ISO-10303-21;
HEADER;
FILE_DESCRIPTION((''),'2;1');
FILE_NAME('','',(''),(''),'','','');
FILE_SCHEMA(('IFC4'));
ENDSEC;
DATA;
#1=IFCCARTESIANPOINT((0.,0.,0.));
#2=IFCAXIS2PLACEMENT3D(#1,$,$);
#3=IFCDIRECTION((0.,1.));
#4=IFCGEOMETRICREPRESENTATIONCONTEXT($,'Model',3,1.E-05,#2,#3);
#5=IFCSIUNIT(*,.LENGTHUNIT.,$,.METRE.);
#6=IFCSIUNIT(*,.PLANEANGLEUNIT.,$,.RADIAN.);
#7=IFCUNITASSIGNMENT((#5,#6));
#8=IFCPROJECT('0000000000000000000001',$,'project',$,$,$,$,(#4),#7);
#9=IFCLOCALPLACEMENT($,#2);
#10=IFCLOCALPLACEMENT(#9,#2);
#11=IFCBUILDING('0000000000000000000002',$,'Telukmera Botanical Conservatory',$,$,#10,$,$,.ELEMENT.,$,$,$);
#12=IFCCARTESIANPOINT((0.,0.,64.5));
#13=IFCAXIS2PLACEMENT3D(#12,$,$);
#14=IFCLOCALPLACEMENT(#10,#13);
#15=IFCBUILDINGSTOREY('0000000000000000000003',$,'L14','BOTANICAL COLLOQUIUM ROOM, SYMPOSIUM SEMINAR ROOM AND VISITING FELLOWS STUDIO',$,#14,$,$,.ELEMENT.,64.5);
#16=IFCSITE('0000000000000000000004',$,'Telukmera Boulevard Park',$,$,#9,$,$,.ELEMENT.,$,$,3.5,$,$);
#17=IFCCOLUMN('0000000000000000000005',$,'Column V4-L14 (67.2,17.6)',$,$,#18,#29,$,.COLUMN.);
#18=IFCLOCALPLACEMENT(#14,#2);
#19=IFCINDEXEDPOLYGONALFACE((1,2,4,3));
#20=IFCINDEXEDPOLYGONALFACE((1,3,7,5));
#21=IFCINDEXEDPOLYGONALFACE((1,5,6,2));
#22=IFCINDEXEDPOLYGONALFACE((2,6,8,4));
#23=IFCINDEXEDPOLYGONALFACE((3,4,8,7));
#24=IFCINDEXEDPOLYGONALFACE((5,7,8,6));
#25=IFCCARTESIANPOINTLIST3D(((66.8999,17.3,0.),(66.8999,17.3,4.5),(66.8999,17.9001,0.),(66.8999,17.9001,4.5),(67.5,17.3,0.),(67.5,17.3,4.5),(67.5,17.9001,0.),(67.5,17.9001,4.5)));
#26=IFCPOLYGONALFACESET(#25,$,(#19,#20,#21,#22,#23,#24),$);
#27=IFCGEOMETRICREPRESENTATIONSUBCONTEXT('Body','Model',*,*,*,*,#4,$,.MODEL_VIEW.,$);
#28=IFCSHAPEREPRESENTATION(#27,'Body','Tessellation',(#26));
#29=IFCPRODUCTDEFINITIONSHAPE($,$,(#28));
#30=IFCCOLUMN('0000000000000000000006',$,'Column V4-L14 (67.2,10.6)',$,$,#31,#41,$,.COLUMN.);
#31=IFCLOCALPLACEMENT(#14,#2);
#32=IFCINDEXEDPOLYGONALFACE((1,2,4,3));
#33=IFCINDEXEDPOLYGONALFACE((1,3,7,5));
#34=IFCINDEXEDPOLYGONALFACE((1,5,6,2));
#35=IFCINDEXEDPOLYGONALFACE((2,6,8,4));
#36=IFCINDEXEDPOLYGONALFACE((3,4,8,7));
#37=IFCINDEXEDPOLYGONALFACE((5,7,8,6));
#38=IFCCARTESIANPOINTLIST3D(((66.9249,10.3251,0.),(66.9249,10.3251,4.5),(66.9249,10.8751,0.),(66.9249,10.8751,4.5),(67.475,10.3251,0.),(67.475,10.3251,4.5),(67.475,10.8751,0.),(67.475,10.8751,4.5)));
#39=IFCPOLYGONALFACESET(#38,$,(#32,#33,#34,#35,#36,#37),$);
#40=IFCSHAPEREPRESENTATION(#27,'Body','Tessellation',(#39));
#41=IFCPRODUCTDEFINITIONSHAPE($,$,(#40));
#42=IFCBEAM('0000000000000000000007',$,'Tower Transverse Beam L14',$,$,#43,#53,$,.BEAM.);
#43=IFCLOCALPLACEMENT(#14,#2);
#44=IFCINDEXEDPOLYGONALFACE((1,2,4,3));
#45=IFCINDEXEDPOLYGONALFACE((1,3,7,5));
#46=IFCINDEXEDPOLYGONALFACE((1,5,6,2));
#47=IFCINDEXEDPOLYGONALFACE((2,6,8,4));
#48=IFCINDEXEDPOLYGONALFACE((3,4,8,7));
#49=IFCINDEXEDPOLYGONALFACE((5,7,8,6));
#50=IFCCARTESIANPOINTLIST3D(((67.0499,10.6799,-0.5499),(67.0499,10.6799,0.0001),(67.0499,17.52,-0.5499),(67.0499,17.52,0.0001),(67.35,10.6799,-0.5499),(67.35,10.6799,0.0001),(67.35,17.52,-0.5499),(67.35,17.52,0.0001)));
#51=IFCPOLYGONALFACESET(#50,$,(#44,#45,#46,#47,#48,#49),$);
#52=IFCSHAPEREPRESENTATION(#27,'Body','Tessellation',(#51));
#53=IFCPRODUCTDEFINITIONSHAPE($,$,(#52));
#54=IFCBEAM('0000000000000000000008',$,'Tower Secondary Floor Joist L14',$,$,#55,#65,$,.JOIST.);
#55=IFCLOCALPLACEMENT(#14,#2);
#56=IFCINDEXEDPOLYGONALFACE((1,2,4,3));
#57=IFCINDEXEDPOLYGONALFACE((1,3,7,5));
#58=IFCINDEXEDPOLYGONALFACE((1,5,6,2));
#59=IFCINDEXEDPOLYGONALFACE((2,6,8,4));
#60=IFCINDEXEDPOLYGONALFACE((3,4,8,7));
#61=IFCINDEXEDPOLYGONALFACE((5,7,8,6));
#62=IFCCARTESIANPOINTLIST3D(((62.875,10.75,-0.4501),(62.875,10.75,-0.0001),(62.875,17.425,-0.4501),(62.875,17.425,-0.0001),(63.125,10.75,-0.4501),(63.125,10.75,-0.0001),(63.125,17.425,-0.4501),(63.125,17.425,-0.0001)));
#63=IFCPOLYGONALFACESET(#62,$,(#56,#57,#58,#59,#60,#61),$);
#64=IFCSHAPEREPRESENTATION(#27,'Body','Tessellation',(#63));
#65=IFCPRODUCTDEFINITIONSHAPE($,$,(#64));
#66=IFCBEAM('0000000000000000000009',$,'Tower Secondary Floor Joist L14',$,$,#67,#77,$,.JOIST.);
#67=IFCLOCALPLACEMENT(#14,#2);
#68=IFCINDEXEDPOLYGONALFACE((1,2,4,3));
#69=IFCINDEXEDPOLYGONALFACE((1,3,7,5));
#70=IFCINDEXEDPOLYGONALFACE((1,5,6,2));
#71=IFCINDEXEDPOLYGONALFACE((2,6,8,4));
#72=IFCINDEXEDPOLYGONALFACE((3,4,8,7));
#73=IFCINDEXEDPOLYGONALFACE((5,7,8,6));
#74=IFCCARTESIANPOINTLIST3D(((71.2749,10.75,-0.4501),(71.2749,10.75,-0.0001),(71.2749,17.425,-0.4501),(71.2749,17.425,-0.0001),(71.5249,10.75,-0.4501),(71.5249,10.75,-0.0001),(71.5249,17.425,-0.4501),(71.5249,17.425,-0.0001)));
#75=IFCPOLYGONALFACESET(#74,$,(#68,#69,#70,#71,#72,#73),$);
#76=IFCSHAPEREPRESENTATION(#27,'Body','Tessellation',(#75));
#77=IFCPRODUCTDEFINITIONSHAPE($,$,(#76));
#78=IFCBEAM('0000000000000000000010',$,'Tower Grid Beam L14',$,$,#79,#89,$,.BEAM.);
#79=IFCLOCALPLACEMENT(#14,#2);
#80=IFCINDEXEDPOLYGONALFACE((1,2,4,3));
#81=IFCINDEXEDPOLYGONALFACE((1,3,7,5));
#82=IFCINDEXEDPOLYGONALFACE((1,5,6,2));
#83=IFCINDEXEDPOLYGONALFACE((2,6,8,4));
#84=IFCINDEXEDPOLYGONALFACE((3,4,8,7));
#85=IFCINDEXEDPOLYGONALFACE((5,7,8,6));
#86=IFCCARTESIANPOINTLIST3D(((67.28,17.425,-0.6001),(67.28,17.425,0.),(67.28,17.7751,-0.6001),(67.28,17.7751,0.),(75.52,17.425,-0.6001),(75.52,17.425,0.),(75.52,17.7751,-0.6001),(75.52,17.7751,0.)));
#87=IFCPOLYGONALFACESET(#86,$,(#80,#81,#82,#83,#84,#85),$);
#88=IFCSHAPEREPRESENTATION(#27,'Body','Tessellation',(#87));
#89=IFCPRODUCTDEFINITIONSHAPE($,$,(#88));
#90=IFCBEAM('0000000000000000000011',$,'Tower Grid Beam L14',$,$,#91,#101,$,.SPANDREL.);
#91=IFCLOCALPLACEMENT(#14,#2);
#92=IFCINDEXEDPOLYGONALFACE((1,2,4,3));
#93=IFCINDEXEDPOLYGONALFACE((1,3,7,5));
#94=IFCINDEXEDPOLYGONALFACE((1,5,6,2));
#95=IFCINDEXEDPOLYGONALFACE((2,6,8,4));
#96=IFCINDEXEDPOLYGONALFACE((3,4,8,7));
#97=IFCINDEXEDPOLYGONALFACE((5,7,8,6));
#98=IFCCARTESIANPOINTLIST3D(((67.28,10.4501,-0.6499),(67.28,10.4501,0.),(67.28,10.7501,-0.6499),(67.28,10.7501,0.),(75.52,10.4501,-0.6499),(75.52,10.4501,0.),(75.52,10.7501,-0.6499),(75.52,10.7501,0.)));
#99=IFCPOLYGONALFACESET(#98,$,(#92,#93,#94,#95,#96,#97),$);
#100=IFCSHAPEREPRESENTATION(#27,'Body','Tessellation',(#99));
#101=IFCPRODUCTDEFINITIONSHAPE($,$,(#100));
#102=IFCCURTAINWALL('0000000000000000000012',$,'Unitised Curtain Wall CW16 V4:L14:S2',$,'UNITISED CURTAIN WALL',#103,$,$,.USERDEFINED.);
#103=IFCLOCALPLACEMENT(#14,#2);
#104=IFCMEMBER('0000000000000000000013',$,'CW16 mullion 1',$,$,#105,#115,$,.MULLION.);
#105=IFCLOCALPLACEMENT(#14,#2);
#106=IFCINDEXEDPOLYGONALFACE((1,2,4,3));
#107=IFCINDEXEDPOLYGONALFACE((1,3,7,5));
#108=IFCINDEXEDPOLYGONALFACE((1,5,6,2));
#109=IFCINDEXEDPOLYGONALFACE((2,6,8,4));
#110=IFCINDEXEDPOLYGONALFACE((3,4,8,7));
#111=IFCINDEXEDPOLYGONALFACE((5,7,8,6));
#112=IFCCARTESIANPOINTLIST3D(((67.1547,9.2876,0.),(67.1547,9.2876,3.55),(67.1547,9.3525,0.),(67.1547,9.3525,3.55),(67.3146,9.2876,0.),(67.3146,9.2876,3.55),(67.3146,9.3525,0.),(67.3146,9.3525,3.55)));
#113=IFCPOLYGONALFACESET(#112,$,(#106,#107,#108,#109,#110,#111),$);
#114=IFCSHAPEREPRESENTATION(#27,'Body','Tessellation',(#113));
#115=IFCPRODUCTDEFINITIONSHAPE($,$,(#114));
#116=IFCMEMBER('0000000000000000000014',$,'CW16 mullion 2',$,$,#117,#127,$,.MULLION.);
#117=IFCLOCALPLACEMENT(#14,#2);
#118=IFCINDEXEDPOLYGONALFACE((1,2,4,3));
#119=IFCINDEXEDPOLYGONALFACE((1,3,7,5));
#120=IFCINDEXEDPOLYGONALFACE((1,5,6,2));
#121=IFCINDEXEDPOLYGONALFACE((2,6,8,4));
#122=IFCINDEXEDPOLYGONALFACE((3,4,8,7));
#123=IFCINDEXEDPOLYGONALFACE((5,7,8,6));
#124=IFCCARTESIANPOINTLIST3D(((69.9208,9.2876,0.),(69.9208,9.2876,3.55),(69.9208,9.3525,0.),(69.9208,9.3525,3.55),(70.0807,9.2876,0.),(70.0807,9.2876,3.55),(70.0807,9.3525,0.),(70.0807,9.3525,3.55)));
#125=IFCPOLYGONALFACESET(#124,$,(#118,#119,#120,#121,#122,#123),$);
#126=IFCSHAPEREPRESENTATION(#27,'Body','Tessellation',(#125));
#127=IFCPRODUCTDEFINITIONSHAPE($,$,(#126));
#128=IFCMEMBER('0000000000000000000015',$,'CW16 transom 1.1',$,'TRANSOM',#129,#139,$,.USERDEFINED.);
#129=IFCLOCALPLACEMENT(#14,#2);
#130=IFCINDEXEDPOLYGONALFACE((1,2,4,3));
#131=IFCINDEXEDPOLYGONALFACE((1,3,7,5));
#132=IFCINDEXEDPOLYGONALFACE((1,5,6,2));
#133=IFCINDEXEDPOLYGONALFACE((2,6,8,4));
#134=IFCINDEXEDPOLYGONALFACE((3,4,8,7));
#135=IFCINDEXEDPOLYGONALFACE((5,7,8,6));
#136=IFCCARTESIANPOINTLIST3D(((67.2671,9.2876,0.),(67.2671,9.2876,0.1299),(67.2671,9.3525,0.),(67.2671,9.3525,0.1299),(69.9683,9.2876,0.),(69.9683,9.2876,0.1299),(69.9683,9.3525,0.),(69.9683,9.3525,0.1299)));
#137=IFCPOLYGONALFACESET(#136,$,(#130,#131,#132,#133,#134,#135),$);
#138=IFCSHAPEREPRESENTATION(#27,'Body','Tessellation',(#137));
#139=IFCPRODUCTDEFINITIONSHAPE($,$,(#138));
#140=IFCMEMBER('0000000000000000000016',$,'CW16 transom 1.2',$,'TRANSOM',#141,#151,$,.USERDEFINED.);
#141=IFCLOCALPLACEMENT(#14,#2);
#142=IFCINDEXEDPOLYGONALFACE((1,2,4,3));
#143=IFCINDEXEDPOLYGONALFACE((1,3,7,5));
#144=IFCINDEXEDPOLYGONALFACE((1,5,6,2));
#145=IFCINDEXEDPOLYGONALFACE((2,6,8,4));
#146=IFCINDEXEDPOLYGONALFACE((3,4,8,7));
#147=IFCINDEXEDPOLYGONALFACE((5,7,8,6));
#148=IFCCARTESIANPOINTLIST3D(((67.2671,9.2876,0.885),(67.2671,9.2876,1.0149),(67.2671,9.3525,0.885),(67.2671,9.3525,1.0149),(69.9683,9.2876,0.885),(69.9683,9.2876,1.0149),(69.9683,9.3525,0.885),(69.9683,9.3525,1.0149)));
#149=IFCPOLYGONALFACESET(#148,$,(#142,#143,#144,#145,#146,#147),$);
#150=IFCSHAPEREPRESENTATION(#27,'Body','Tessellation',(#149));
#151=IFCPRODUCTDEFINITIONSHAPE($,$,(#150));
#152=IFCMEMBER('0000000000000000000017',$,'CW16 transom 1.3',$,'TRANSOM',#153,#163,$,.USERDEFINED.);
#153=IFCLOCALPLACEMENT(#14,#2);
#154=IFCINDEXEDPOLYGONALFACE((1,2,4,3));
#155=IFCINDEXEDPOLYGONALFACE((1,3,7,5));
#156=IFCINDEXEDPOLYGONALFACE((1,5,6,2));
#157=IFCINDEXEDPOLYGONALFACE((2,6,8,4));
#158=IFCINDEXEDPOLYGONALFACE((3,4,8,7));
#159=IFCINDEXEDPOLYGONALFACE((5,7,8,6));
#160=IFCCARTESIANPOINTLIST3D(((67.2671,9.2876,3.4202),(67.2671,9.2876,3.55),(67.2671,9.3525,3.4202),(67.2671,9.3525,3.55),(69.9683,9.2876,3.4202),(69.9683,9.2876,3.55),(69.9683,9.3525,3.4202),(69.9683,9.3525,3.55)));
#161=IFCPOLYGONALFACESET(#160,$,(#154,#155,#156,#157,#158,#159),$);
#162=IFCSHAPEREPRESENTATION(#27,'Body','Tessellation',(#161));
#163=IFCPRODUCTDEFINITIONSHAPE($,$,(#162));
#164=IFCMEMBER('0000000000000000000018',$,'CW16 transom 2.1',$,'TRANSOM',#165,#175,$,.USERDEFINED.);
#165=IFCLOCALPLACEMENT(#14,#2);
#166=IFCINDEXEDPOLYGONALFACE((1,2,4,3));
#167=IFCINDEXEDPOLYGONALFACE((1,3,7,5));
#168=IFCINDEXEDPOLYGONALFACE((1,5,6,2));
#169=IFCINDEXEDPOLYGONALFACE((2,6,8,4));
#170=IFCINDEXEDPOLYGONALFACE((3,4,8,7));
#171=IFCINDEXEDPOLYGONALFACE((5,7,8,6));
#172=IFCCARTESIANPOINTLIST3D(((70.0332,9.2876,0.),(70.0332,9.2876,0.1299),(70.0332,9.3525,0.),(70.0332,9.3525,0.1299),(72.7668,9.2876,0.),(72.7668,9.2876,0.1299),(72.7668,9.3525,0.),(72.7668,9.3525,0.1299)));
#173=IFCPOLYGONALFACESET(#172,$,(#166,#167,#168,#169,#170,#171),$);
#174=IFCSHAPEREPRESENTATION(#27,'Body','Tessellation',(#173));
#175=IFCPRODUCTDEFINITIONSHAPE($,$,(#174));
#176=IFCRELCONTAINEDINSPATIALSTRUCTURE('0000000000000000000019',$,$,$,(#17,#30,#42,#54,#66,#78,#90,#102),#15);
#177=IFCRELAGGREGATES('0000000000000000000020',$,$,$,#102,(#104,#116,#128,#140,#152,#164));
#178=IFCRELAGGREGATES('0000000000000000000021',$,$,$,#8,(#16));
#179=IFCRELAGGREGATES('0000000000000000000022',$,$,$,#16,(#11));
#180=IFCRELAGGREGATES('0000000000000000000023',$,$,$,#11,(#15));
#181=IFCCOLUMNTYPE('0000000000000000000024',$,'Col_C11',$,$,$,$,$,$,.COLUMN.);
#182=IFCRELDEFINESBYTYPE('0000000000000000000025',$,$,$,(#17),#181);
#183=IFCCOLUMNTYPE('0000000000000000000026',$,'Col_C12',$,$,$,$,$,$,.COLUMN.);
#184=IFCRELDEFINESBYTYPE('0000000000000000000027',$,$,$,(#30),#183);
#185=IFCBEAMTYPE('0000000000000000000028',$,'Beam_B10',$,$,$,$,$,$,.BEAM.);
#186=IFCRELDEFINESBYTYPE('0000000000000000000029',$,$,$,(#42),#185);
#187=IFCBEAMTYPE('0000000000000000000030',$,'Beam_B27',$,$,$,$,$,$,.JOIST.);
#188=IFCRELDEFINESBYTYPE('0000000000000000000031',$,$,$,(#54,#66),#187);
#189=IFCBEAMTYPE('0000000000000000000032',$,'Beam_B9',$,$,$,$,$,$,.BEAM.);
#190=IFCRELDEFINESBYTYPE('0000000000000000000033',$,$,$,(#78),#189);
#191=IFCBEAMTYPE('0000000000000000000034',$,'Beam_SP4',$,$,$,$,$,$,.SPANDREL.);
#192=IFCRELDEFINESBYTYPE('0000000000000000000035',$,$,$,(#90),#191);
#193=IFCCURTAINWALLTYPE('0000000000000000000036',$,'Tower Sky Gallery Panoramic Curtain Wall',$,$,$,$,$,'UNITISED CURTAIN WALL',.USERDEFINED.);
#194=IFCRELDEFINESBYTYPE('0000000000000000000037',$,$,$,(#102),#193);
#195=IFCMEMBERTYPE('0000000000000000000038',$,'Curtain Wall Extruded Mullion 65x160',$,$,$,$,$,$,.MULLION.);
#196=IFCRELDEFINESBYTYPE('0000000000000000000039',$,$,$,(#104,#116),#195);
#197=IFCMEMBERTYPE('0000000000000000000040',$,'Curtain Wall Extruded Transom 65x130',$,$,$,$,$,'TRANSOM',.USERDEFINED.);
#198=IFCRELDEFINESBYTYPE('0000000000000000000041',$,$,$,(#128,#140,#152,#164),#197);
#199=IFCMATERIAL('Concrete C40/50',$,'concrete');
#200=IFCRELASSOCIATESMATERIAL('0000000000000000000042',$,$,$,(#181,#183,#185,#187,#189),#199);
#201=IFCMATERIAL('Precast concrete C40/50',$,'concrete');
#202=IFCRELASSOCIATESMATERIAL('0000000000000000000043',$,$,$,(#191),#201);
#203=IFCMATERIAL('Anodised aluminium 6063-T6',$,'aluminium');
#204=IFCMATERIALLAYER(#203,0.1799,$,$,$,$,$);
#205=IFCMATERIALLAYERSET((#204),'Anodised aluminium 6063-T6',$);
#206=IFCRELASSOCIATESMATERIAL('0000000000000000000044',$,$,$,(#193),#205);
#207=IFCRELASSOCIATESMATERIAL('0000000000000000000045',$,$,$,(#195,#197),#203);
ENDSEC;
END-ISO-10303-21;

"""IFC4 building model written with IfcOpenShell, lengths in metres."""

from ifc_helpers import new_model, si_unit, direction, frame, origin, origin_2d, place, context, subcontext, project, spatial, rectangle, extrude, material, layer, layer_set, material_profile, profile_set, type_object, element, aggregate, save


model = new_model("IFC4")

# Units and contexts
model_context = context("Model", 3, precision=1e-05, world=origin(), true_north=direction((0.0, 1.0)))
body_context = subcontext(model_context, "Body", "Model", "MODEL_VIEW")
ifc_project = project(units=[si_unit("LENGTHUNIT", "METRE"), si_unit("PLANEANGLEUNIT", "RADIAN")], contexts=[model_context])

# Site, building, storey
site_placement = place(None, origin())
site = spatial("IfcSite", under=ifc_project, at=site_placement, Name="Telukmera Boulevard Park", CompositionType="ELEMENT", RefElevation=3.5)
building_placement = place(site_placement, origin())
building = spatial("IfcBuilding", under=site, at=building_placement, Name="Telukmera Botanical Conservatory", CompositionType="ELEMENT")
storey_placement = place(building_placement, frame((0.0, 0.0, 64.5)))
storey = spatial("IfcBuildingStorey", under=building, at=storey_placement, Name="L14", Description="BOTANICAL COLLOQUIUM ROOM, SYMPOSIUM SEMINAR ROOM AND VISITING FELLOWS STUDIO", CompositionType="ELEMENT", Elevation=64.5)

# Columns
ifc_material_1 = material(Name="Concrete C40/50", Category="concrete")
ifc_material_profile_1 = material_profile(ifc_material_1, rectangle(XDim=0.6001, YDim=0.6001, at=origin_2d()), Name="RC 600x600")
ifc_profile_set_1 = profile_set([ifc_material_profile_1], Name="Concrete C40/50")
column_type_1 = type_object("IfcColumnType", Name="Col_C11", PredefinedType="COLUMN", material=ifc_profile_set_1)
column_1_placement = place(storey_placement, frame((67.2, 17.6001, 0.0), z_axis=(0.0, 0.0, 1.0), x_axis=(1.0, 0.0, 0.0)))
element("IfcColumn", 1, at=column_1_placement, inside=storey, type_object=column_type_1, Name="Column V4-L14 (67.2,17.6)", PredefinedType="COLUMN", context=body_context, shape_type="SweptSolid", body=[
    extrude(rectangle(XDim=0.6001, YDim=0.6001, at=origin_2d()), origin(), (0.0, 0.0, 1.0), 4.5),
])
ifc_material_profile_2 = material_profile(ifc_material_1, rectangle(XDim=0.55, YDim=0.55, at=origin_2d()), Name="RC 550x550")
ifc_profile_set_2 = profile_set([ifc_material_profile_2], Name="Concrete C40/50")
column_type_2 = type_object("IfcColumnType", Name="Col_C12", PredefinedType="COLUMN", material=ifc_profile_set_2)
column_2_placement = place(storey_placement, frame((67.2, 10.6001, 0.0), z_axis=(0.0, 0.0, 1.0), x_axis=(1.0, 0.0, 0.0)))
element("IfcColumn", 2, at=column_2_placement, inside=storey, type_object=column_type_2, Name="Column V4-L14 (67.2,10.6)", PredefinedType="COLUMN", context=body_context, shape_type="SweptSolid", body=[
    extrude(rectangle(XDim=0.55, YDim=0.55, at=origin_2d()), origin(), (0.0, 0.0, 1.0), 4.5),
])

# Beams
ifc_material_profile_3 = material_profile(ifc_material_1, rectangle(XDim=0.3, YDim=0.55, at=origin_2d()), Name="RC 300x550")
ifc_profile_set_3 = profile_set([ifc_material_profile_3], Name="Concrete C40/50")
beam_type_1 = type_object("IfcBeamType", Name="Beam_B10", PredefinedType="BEAM", material=ifc_profile_set_3)
beam_1_placement = place(storey_placement, frame((67.2, 10.6799, -0.2749), z_axis=(0.0, 1.0, 0.0), x_axis=(-1.0, 0.0, 0.0)))
element("IfcBeam", 3, at=beam_1_placement, inside=storey, type_object=beam_type_1, Name="Tower Transverse Beam L14", PredefinedType="BEAM", context=body_context, shape_type="SweptSolid", body=[
    extrude(rectangle(XDim=0.3, YDim=0.55, at=origin_2d()), origin(), (0.0, 0.0, 1.0), 6.8401),
])
ifc_material_profile_4 = material_profile(ifc_material_1, rectangle(XDim=0.25, YDim=0.45, at=origin_2d()), Name="RC 250x450")
ifc_profile_set_4 = profile_set([ifc_material_profile_4], Name="Concrete C40/50")
beam_type_2 = type_object("IfcBeamType", Name="Beam_B27", PredefinedType="JOIST", material=ifc_profile_set_4)
for number, where, z_axis, x_axis, name in (
    (4, (63.0, 10.75, -0.2251), (0.0, 1.0, 0.0), (-1.0, 0.0, 0.0), "Tower Secondary Floor Joist L14"),
    (5, (71.3999, 10.75, -0.2251), (0.0, 1.0, 0.0), (-1.0, 0.0, 0.0), "Tower Secondary Floor Joist L14"),
):
    element("IfcBeam", number, at=place(storey_placement, frame(where, z_axis=z_axis, x_axis=x_axis)), inside=storey, type_object=beam_type_2, Name=name, PredefinedType="JOIST", context=body_context, shape_type="SweptSolid", body=[
        extrude(rectangle(XDim=0.25, YDim=0.45, at=origin_2d()), origin(), (0.0, 0.0, 1.0), 6.675),
    ])
ifc_material_profile_5 = material_profile(ifc_material_1, rectangle(XDim=0.3501, YDim=0.6001, at=origin_2d()), Name="RC 350x600")
ifc_profile_set_5 = profile_set([ifc_material_profile_5], Name="Concrete C40/50")
beam_type_3 = type_object("IfcBeamType", Name="Beam_B9", PredefinedType="BEAM", material=ifc_profile_set_5)
beam_2_placement = place(storey_placement, frame((67.28, 17.6001, -0.3), z_axis=(1.0, 0.0, 0.0), x_axis=(0.0, 1.0, 0.0)))
element("IfcBeam", 6, at=beam_2_placement, inside=storey, type_object=beam_type_3, Name="Tower Grid Beam L14", PredefinedType="BEAM", context=body_context, shape_type="SweptSolid", body=[
    extrude(rectangle(XDim=0.3501, YDim=0.6001, at=origin_2d()), origin(), (0.0, 0.0, 1.0), 8.24),
])
ifc_material_2 = material(Name="Precast concrete C40/50", Category="concrete")
ifc_material_profile_6 = material_profile(ifc_material_2, rectangle(XDim=0.3, YDim=0.6499, at=origin_2d()), Name="PC 300x650")
ifc_profile_set_6 = profile_set([ifc_material_profile_6], Name="Precast concrete C40/50")
beam_type_4 = type_object("IfcBeamType", Name="Beam_SP4", PredefinedType="SPANDREL", material=ifc_profile_set_6)
beam_3_placement = place(storey_placement, frame((67.28, 10.6001, -0.325), z_axis=(1.0, 0.0, 0.0), x_axis=(0.0, 1.0, 0.0)))
element("IfcBeam", 7, at=beam_3_placement, inside=storey, type_object=beam_type_4, Name="Tower Grid Beam L14", PredefinedType="SPANDREL", context=body_context, shape_type="SweptSolid", body=[
    extrude(rectangle(XDim=0.3, YDim=0.6499, at=origin_2d()), origin(), (0.0, 0.0, 1.0), 8.24),
])

# Curtain wall, members
ifc_material_3 = material(Name="Anodised aluminium 6063-T6", Category="aluminium")
ifc_layer_1 = layer(ifc_material_3, 0.1799)
ifc_layer_set_1 = layer_set([ifc_layer_1], Name="Anodised aluminium 6063-T6")
curtain_wall_type = type_object("IfcCurtainWallType", Name="Tower Sky Gallery Panoramic Curtain Wall", ElementType="UNITISED CURTAIN WALL", PredefinedType="USERDEFINED", material=ifc_layer_set_1)
curtain_wall_placement = place(storey_placement, origin())
curtain_wall = element("IfcCurtainWall", 8, at=curtain_wall_placement, inside=storey, type_object=curtain_wall_type, Name="Unitised Curtain Wall CW16 V4:L14:S2", ObjectType="UNITISED CURTAIN WALL", PredefinedType="USERDEFINED")
ifc_material_profile_7 = material_profile(ifc_material_3, rectangle(XDim=0.0649, YDim=0.1599, at=origin_2d()), Name="ALU MULL 65x160")
ifc_profile_set_7 = profile_set([ifc_material_profile_7], Name="Anodised aluminium 6063-T6")
member_type_1 = type_object("IfcMemberType", Name="Curtain Wall Extruded Mullion 65x160", PredefinedType="MULLION", material=ifc_profile_set_7)
member_1_placement = place(storey_placement, frame((67.2346, 9.3201, 0.0), z_axis=(0.0, 0.0, 1.0), x_axis=(0.0, 1.0, 0.0)))
member_1 = element("IfcMember", 9, at=member_1_placement, type_object=member_type_1, Name="CW16 mullion 1", PredefinedType="MULLION", context=body_context, shape_type="SweptSolid", body=[
    extrude(rectangle(XDim=0.0649, YDim=0.1599, at=origin_2d()), origin(), (0.0, 0.0, 1.0), 3.55),
])
member_2_placement = place(storey_placement, frame((70.0007, 9.3201, 0.0), z_axis=(0.0, 0.0, 1.0), x_axis=(0.0, 1.0, 0.0)))
member_2 = element("IfcMember", 10, at=member_2_placement, type_object=member_type_1, Name="CW16 mullion 2", PredefinedType="MULLION", context=body_context, shape_type="SweptSolid", body=[
    extrude(rectangle(XDim=0.0649, YDim=0.1599, at=origin_2d()), origin(), (0.0, 0.0, 1.0), 3.55),
])
ifc_material_profile_8 = material_profile(ifc_material_3, rectangle(XDim=0.0649, YDim=0.1299, at=origin_2d()), Name="ALU TRAN 65x130")
ifc_profile_set_8 = profile_set([ifc_material_profile_8], Name="Anodised aluminium 6063-T6")
member_type_2 = type_object("IfcMemberType", Name="Curtain Wall Extruded Transom 65x130", ElementType="TRANSOM", PredefinedType="USERDEFINED", material=ifc_profile_set_8)
member_3_placement = place(storey_placement, frame((67.2671, 9.3201, 0.0649), z_axis=(1.0, 0.0, 0.0), x_axis=(0.0, 1.0, 0.0)))
member_3 = element("IfcMember", 11, at=member_3_placement, type_object=member_type_2, Name="CW16 transom 1.1", ObjectType="TRANSOM", PredefinedType="USERDEFINED", context=body_context, shape_type="SweptSolid", body=[
    extrude(rectangle(XDim=0.0649, YDim=0.1299, at=origin_2d()), origin(), (0.0, 0.0, 1.0), 2.7012),
])
member_4_placement = place(storey_placement, frame((67.2671, 9.3201, 0.95), z_axis=(1.0, 0.0, 0.0), x_axis=(0.0, 1.0, 0.0)))
member_4 = element("IfcMember", 12, at=member_4_placement, type_object=member_type_2, Name="CW16 transom 1.2", ObjectType="TRANSOM", PredefinedType="USERDEFINED", context=body_context, shape_type="SweptSolid", body=[
    extrude(rectangle(XDim=0.0649, YDim=0.1299, at=origin_2d()), origin(), (0.0, 0.0, 1.0), 2.7012),
])
member_5_placement = place(storey_placement, frame((67.2671, 9.3201, 3.4851), z_axis=(1.0, 0.0, 0.0), x_axis=(0.0, 1.0, 0.0)))
member_5 = element("IfcMember", 13, at=member_5_placement, type_object=member_type_2, Name="CW16 transom 1.3", ObjectType="TRANSOM", PredefinedType="USERDEFINED", context=body_context, shape_type="SweptSolid", body=[
    extrude(rectangle(XDim=0.0649, YDim=0.1299, at=origin_2d()), origin(), (0.0, 0.0, 1.0), 2.7012),
])
member_6_placement = place(storey_placement, frame((70.0332, 9.3201, 0.0649), z_axis=(1.0, 0.0, 0.0), x_axis=(0.0, 1.0, 0.0)))
member_6 = element("IfcMember", 14, at=member_6_placement, type_object=member_type_2, Name="CW16 transom 2.1", ObjectType="TRANSOM", PredefinedType="USERDEFINED", context=body_context, shape_type="SweptSolid", body=[
    extrude(rectangle(XDim=0.0649, YDim=0.1299, at=origin_2d()), origin(), (0.0, 0.0, 1.0), 2.7336),
])
aggregate(curtain_wall, [member_1, member_2, member_3, member_4, member_5, member_6])

save(model, "model.ifc")
